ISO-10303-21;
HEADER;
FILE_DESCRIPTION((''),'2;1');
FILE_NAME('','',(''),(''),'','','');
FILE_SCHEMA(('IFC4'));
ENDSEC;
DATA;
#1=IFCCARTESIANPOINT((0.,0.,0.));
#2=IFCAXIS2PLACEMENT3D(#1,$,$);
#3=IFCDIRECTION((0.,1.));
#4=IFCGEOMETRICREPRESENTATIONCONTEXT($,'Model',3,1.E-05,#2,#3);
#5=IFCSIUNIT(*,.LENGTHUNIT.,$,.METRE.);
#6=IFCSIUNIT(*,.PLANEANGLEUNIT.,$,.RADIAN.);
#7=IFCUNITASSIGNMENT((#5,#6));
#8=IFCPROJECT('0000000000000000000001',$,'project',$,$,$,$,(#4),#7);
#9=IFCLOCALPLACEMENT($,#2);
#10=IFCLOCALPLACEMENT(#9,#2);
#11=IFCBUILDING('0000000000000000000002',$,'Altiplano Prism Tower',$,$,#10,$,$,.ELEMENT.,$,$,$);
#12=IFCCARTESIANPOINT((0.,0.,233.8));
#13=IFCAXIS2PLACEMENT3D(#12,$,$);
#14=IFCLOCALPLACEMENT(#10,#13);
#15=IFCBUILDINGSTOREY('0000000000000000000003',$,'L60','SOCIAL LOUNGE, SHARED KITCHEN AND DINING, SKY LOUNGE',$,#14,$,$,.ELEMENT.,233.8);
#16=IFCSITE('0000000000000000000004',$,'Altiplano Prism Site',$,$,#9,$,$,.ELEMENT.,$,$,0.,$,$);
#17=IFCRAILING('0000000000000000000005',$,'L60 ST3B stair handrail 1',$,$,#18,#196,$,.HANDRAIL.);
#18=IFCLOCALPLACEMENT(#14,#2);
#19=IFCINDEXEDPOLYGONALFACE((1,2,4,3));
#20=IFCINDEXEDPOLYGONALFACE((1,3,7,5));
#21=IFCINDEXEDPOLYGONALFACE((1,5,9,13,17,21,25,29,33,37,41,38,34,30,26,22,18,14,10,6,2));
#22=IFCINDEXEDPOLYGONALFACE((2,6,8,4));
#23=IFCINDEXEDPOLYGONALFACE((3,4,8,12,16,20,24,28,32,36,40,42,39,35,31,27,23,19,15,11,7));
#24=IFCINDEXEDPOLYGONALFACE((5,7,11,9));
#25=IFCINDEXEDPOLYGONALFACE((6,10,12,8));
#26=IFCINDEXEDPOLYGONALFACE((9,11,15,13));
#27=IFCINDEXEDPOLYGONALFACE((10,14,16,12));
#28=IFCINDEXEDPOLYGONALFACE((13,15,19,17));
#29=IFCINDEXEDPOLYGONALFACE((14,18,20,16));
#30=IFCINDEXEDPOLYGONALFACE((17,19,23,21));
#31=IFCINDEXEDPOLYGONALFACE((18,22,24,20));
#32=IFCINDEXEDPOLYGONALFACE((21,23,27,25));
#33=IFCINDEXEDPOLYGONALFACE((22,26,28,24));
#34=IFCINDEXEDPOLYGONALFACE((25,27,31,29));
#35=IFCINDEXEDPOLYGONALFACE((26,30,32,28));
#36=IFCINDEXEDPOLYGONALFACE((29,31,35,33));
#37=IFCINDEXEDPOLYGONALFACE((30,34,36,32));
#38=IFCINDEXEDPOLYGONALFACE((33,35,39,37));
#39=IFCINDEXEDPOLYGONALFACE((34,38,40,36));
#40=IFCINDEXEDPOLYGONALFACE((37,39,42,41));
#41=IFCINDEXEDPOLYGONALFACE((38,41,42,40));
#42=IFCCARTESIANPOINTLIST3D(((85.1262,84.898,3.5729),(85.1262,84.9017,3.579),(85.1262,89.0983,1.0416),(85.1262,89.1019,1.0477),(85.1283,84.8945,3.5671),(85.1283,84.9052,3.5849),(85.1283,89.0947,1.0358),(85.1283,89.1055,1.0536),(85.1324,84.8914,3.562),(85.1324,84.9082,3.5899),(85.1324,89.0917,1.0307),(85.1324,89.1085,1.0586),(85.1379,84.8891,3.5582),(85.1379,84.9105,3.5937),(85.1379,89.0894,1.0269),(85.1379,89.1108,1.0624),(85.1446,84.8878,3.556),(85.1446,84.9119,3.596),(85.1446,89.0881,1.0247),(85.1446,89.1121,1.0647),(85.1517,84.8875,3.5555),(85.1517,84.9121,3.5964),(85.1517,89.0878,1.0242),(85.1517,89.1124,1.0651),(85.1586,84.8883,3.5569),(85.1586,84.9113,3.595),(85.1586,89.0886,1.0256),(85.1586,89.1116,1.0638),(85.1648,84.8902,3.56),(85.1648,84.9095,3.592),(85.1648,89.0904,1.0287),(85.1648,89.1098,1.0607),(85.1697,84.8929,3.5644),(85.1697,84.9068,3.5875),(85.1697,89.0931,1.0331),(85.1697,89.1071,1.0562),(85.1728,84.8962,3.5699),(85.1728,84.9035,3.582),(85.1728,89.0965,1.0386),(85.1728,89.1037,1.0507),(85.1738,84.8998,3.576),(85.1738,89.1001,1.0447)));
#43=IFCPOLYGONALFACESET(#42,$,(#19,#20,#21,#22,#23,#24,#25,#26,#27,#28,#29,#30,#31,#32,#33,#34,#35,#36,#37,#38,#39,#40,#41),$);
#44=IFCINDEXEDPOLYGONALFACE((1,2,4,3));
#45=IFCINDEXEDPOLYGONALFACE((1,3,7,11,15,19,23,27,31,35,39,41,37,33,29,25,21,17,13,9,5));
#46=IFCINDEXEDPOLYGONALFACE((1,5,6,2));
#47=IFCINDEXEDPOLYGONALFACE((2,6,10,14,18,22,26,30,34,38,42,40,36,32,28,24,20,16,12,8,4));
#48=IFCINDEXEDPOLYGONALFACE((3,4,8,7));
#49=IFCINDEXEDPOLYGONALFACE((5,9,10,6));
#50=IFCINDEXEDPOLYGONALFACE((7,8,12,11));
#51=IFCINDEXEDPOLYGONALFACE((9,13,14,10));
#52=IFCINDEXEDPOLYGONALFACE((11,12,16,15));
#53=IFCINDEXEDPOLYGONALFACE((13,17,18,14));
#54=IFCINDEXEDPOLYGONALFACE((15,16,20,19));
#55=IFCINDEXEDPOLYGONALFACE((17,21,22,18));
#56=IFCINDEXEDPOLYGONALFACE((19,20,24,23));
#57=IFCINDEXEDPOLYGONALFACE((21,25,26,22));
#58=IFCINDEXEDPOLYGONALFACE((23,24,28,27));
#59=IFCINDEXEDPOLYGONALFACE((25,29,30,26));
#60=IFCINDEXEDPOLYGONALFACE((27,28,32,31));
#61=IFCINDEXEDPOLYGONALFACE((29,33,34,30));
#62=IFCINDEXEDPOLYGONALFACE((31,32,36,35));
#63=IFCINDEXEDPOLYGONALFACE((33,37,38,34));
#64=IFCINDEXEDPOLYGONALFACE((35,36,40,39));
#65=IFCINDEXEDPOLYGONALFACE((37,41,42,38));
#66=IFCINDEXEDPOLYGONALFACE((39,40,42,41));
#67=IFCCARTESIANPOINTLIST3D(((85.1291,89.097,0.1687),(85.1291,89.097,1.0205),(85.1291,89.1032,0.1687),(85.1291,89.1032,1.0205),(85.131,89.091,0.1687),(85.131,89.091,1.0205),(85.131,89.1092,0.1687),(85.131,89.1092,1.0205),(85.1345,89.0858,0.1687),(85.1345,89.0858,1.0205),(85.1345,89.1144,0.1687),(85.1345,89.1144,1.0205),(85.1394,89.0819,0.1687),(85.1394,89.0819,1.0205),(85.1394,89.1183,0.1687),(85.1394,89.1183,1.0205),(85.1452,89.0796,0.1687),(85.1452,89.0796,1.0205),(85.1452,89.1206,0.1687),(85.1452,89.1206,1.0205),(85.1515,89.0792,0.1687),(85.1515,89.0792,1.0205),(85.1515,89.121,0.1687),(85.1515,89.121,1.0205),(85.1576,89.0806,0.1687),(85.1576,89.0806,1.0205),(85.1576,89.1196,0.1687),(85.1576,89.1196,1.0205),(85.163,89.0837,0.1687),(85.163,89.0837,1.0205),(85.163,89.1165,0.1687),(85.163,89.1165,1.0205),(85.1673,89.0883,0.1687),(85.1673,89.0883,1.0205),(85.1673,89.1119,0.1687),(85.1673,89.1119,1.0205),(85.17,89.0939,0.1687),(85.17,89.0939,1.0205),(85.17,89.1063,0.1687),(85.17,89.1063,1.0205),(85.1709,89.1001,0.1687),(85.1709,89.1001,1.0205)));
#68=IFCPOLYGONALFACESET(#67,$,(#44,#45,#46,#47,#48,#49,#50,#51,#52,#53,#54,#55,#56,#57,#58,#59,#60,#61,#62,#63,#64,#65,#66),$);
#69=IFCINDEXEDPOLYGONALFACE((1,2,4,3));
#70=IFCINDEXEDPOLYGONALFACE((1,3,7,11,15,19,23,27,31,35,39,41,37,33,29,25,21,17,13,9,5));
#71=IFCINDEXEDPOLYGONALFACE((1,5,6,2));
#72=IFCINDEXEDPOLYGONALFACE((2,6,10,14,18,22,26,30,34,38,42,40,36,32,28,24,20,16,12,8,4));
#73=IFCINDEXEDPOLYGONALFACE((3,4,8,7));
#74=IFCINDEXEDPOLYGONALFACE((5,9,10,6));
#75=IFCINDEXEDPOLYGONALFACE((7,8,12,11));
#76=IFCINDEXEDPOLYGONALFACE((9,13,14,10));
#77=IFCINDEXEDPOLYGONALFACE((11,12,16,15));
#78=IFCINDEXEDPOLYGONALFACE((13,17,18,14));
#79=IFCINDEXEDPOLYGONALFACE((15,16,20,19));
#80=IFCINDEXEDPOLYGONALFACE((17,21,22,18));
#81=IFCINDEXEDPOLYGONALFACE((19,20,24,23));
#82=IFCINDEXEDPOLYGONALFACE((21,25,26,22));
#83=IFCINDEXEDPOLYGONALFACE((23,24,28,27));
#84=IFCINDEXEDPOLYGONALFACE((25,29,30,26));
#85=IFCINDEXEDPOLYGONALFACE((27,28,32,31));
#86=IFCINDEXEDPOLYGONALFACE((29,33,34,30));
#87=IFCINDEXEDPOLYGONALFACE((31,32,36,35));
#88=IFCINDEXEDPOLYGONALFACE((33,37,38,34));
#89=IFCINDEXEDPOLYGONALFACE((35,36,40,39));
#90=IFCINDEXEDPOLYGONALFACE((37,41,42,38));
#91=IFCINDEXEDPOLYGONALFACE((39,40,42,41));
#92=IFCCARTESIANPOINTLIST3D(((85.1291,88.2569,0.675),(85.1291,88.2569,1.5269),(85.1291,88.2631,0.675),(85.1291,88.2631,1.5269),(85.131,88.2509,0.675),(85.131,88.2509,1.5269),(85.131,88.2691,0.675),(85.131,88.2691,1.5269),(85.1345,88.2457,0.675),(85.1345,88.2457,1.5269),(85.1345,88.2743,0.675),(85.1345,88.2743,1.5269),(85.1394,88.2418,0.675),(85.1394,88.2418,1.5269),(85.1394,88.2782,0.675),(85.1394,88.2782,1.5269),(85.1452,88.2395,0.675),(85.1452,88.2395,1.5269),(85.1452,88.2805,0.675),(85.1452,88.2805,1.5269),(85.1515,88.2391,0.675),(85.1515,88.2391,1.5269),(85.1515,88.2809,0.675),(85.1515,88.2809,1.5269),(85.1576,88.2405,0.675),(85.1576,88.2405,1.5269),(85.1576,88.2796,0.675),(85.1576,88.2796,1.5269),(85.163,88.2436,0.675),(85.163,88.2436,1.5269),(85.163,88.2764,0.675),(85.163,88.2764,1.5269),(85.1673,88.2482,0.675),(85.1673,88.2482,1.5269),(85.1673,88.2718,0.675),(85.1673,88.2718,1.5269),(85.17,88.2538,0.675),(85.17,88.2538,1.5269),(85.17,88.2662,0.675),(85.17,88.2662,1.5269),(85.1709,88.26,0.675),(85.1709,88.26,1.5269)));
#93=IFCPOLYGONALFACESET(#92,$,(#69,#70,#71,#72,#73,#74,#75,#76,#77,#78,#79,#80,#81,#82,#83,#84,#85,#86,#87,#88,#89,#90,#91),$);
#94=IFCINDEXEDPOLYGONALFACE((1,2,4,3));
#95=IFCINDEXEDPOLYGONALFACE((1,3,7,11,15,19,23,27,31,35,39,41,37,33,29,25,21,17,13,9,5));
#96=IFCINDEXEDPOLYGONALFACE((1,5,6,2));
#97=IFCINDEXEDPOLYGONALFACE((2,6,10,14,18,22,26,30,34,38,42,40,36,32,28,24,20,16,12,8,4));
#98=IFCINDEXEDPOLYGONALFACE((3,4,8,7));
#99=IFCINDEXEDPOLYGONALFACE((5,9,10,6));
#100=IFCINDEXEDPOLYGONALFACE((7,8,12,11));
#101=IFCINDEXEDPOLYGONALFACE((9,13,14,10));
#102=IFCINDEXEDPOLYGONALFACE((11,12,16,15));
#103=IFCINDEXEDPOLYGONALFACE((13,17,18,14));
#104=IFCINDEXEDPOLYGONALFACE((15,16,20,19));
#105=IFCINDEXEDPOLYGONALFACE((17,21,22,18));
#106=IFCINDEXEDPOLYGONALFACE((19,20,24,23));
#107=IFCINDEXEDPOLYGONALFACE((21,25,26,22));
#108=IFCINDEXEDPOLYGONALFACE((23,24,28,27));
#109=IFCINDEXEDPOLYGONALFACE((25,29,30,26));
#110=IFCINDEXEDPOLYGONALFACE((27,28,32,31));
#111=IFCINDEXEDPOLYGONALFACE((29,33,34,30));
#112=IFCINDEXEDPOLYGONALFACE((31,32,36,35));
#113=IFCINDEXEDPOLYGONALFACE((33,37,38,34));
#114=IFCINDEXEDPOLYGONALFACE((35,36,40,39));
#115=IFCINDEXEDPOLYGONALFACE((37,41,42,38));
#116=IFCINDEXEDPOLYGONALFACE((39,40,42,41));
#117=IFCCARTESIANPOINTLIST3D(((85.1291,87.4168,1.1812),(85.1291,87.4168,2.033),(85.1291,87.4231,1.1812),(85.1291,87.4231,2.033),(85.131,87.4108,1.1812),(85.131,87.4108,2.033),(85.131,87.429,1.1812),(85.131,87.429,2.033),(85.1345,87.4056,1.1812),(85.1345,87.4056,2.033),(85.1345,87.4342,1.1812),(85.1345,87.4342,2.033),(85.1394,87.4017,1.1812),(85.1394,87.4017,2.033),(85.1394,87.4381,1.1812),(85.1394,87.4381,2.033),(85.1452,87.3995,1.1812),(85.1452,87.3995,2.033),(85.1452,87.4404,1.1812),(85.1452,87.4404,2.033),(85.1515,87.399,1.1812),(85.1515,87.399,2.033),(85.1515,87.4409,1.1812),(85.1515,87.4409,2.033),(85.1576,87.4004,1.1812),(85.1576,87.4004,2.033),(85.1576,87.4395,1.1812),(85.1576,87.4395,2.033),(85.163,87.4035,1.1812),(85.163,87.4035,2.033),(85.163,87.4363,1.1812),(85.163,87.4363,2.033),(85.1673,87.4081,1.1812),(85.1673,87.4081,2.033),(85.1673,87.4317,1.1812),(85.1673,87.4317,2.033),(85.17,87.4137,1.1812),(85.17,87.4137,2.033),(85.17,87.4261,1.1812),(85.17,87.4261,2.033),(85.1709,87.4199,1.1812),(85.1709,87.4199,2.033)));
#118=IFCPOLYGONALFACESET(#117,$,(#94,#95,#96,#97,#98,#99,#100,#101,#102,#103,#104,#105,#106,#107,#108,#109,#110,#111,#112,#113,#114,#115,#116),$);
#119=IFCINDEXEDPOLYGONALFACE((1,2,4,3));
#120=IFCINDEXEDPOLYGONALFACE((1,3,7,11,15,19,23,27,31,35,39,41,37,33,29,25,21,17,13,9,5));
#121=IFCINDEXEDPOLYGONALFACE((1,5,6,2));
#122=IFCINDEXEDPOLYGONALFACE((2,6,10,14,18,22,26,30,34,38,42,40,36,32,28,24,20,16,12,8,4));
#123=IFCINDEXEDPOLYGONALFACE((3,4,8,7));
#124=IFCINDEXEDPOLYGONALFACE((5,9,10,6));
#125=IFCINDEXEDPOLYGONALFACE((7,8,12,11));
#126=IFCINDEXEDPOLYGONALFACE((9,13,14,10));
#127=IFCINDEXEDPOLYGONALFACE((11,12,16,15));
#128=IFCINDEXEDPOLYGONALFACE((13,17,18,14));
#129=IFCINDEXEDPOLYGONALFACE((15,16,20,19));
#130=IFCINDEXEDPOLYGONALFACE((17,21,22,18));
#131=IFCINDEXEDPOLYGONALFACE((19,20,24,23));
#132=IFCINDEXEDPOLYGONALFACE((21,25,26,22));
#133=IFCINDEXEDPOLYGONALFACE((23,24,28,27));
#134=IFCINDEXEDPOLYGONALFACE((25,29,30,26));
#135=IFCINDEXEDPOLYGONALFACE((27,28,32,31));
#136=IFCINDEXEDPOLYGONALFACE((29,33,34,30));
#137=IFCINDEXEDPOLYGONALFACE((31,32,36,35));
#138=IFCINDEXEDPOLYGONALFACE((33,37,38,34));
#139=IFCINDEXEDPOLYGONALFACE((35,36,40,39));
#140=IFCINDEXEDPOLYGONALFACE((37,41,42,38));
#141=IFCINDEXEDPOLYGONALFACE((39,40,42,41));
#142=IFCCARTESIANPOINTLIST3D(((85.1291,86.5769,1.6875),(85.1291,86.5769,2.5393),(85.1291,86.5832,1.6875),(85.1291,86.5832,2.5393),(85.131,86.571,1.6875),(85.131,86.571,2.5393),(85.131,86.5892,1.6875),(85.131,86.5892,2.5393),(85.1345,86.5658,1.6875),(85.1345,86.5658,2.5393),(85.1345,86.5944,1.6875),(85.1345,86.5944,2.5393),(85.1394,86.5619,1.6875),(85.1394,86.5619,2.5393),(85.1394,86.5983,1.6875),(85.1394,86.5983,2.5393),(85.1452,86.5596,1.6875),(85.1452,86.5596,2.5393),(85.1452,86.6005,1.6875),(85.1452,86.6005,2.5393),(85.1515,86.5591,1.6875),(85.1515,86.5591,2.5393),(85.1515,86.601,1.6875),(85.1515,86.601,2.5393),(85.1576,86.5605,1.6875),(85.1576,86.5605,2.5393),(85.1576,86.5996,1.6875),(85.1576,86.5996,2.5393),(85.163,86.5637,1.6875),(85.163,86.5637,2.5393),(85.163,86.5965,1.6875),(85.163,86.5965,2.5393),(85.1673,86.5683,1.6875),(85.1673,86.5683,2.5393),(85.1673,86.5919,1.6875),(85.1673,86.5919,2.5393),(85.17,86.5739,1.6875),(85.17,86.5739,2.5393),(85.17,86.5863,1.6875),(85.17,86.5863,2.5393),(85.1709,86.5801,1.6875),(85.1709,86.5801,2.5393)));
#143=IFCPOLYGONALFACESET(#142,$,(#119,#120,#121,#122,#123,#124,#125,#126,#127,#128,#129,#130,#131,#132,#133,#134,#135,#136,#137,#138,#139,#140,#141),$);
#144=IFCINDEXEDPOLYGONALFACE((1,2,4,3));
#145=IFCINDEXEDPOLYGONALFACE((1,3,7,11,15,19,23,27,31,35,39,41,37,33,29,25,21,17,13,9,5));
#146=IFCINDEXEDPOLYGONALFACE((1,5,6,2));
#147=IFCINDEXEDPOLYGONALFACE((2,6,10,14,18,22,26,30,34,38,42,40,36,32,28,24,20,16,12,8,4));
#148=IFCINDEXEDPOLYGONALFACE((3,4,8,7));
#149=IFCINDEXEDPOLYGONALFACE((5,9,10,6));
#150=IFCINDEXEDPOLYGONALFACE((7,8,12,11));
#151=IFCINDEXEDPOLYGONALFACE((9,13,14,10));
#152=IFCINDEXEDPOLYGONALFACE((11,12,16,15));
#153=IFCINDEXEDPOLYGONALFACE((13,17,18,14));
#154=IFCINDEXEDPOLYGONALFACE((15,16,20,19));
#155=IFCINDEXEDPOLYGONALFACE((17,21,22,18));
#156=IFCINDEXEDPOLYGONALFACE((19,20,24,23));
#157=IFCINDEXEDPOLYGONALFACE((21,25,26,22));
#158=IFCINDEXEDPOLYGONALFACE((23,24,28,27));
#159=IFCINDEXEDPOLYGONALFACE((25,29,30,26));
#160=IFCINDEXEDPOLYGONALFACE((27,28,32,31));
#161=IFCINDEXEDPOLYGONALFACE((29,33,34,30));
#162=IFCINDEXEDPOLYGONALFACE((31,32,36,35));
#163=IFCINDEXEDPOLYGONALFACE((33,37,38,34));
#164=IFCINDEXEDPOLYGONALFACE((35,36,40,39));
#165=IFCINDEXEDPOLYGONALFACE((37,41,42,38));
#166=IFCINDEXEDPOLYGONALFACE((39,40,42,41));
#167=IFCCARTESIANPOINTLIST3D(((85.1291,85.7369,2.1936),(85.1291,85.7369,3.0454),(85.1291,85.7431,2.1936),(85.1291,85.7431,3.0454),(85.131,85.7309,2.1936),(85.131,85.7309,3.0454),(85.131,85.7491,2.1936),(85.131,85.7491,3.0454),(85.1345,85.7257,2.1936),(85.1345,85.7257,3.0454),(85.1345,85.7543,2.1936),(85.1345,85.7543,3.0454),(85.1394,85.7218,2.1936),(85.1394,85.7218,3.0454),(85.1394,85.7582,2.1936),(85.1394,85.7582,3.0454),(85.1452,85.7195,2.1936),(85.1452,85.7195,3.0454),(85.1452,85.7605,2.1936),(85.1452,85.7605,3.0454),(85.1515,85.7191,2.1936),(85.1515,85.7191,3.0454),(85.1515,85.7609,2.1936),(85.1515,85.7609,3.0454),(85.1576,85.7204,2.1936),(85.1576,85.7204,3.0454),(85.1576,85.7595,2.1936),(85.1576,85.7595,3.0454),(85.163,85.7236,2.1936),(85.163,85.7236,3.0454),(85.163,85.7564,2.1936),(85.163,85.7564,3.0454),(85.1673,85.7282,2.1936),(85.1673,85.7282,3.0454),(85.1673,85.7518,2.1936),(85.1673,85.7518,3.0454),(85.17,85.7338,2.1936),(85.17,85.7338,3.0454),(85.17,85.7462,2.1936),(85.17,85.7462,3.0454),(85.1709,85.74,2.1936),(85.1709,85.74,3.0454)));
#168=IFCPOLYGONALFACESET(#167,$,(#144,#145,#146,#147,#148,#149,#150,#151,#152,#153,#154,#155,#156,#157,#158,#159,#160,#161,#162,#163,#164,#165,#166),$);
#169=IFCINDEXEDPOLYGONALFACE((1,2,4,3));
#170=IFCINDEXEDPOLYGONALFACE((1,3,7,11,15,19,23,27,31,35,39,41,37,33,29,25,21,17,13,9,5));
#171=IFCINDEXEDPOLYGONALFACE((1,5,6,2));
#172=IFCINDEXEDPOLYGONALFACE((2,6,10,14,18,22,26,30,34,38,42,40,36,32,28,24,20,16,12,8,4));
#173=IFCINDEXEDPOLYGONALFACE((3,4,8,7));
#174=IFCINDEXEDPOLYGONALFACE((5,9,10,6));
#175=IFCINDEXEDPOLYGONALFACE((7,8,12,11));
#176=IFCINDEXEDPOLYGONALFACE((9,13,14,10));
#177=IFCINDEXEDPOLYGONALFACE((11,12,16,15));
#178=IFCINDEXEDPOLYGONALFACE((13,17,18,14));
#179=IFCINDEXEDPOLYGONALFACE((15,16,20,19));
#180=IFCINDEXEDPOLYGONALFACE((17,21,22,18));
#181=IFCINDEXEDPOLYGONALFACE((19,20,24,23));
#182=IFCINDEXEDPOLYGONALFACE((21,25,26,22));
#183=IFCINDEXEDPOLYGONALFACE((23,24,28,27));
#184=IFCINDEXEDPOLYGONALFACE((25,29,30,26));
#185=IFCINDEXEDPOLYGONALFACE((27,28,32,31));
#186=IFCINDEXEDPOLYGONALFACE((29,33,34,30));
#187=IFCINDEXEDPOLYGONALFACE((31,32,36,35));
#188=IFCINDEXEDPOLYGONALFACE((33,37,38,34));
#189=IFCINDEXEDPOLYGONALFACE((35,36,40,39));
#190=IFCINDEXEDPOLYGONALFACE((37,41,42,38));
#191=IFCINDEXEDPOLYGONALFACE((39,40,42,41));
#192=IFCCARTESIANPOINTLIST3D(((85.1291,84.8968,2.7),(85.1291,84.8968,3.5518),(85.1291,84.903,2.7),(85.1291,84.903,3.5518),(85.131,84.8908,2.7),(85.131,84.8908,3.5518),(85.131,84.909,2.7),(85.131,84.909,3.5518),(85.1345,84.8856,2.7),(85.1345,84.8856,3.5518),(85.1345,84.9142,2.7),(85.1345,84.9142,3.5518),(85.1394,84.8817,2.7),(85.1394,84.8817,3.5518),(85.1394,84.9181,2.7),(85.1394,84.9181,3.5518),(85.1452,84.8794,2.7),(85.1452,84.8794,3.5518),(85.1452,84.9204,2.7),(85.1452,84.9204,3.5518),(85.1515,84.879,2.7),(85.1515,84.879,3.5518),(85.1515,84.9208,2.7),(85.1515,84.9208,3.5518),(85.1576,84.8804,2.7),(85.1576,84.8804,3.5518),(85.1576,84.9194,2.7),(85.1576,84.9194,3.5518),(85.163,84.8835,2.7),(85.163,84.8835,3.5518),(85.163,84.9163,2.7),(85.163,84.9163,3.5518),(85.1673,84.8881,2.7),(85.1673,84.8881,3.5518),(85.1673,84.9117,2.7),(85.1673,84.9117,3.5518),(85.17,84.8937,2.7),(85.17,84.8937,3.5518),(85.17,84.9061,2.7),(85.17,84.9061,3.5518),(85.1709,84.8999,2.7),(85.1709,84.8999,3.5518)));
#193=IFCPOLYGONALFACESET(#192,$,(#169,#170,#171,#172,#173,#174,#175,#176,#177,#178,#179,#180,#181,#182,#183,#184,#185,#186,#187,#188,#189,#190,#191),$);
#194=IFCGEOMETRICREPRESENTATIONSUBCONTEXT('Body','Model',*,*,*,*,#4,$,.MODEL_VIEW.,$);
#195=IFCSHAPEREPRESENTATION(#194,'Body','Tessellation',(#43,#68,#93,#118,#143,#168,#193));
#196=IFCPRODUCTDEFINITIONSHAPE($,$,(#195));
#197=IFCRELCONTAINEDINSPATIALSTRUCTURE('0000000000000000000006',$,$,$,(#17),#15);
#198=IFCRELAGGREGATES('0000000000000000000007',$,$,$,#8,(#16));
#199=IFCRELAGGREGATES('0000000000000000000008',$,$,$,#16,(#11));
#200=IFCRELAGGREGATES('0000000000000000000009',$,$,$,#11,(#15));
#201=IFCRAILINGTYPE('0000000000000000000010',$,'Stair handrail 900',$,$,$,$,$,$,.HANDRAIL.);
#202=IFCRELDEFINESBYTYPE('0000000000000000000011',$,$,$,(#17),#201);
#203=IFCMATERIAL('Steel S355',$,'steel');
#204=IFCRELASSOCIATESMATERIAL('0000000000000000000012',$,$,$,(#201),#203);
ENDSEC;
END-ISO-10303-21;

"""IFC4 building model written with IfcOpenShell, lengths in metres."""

from ifc_helpers import new_model, si_unit, direction, frame, origin, origin_2d, place, context, subcontext, project, spatial, circle, extrude, material, type_object, element, save


model = new_model("IFC4")

# Units and contexts
model_context = context("Model", 3, precision=1e-05, world=origin(), true_north=direction((0.0, 1.0)))
body_context = subcontext(model_context, "Body", "Model", "MODEL_VIEW")
ifc_project = project(units=[si_unit("LENGTHUNIT", "METRE"), si_unit("PLANEANGLEUNIT", "RADIAN")], contexts=[model_context])

# Site, building, storey
site_placement = place(None, origin())
site = spatial("IfcSite", under=ifc_project, at=site_placement, Name="Altiplano Prism Site", CompositionType="ELEMENT", RefElevation=0.0)
building_placement = place(site_placement, origin())
building = spatial("IfcBuilding", under=site, at=building_placement, Name="Altiplano Prism Tower", CompositionType="ELEMENT")
storey_placement = place(building_placement, frame((0.0, 0.0, 233.8)))
storey = spatial("IfcBuildingStorey", under=building, at=storey_placement, Name="L60", Description="SOCIAL LOUNGE, SHARED KITCHEN AND DINING, SKY LOUNGE", CompositionType="ELEMENT", Elevation=233.8)

# Railing
ifc_material_1 = material(Name="Steel S355", Category="steel")
railing_type_1 = type_object("IfcRailingType", Name="Stair handrail 900", PredefinedType="HANDRAIL", material=ifc_material_1)
railing_1_placement = place(storey_placement, frame((85.1499, 89.1001, 0.1687)))
element("IfcRailing", 1, at=railing_1_placement, inside=storey, type_object=railing_type_1, Name="L60 ST3B stair handrail 1", PredefinedType="HANDRAIL", context=body_context, shape_type="SweptSolid", body=[
    extrude(circle(Radius=0.0239, at=origin_2d()), frame((0.0, 0.0, 0.876), z_axis=(0.0, -0.85649, 0.516164), x_axis=(1.0, 0.0, 0.0)), (0.0, 0.0, 1.0), 4.9041),
    extrude(circle(Radius=0.021, at=origin_2d()), origin(), (0.0, 0.0, 1.0), 0.8518),
    extrude(circle(Radius=0.021, at=origin_2d()), frame((0.0, -0.8401, 0.5063)), (0.0, 0.0, 1.0), 0.8518),
    extrude(circle(Radius=0.021, at=origin_2d()), frame((0.0, -1.6802, 1.0125)), (0.0, 0.0, 1.0), 0.8518),
    extrude(circle(Radius=0.021, at=origin_2d()), frame((0.0, -2.52, 1.5188)), (0.0, 0.0, 1.0), 0.8518),
    extrude(circle(Radius=0.021, at=origin_2d()), frame((0.0, -3.3601, 2.0249)), (0.0, 0.0, 1.0), 0.8518),
    extrude(circle(Radius=0.021, at=origin_2d()), frame((0.0, -4.2002, 2.5312)), (0.0, 0.0, 1.0), 0.8518),
])

save(model, "model.ifc")
